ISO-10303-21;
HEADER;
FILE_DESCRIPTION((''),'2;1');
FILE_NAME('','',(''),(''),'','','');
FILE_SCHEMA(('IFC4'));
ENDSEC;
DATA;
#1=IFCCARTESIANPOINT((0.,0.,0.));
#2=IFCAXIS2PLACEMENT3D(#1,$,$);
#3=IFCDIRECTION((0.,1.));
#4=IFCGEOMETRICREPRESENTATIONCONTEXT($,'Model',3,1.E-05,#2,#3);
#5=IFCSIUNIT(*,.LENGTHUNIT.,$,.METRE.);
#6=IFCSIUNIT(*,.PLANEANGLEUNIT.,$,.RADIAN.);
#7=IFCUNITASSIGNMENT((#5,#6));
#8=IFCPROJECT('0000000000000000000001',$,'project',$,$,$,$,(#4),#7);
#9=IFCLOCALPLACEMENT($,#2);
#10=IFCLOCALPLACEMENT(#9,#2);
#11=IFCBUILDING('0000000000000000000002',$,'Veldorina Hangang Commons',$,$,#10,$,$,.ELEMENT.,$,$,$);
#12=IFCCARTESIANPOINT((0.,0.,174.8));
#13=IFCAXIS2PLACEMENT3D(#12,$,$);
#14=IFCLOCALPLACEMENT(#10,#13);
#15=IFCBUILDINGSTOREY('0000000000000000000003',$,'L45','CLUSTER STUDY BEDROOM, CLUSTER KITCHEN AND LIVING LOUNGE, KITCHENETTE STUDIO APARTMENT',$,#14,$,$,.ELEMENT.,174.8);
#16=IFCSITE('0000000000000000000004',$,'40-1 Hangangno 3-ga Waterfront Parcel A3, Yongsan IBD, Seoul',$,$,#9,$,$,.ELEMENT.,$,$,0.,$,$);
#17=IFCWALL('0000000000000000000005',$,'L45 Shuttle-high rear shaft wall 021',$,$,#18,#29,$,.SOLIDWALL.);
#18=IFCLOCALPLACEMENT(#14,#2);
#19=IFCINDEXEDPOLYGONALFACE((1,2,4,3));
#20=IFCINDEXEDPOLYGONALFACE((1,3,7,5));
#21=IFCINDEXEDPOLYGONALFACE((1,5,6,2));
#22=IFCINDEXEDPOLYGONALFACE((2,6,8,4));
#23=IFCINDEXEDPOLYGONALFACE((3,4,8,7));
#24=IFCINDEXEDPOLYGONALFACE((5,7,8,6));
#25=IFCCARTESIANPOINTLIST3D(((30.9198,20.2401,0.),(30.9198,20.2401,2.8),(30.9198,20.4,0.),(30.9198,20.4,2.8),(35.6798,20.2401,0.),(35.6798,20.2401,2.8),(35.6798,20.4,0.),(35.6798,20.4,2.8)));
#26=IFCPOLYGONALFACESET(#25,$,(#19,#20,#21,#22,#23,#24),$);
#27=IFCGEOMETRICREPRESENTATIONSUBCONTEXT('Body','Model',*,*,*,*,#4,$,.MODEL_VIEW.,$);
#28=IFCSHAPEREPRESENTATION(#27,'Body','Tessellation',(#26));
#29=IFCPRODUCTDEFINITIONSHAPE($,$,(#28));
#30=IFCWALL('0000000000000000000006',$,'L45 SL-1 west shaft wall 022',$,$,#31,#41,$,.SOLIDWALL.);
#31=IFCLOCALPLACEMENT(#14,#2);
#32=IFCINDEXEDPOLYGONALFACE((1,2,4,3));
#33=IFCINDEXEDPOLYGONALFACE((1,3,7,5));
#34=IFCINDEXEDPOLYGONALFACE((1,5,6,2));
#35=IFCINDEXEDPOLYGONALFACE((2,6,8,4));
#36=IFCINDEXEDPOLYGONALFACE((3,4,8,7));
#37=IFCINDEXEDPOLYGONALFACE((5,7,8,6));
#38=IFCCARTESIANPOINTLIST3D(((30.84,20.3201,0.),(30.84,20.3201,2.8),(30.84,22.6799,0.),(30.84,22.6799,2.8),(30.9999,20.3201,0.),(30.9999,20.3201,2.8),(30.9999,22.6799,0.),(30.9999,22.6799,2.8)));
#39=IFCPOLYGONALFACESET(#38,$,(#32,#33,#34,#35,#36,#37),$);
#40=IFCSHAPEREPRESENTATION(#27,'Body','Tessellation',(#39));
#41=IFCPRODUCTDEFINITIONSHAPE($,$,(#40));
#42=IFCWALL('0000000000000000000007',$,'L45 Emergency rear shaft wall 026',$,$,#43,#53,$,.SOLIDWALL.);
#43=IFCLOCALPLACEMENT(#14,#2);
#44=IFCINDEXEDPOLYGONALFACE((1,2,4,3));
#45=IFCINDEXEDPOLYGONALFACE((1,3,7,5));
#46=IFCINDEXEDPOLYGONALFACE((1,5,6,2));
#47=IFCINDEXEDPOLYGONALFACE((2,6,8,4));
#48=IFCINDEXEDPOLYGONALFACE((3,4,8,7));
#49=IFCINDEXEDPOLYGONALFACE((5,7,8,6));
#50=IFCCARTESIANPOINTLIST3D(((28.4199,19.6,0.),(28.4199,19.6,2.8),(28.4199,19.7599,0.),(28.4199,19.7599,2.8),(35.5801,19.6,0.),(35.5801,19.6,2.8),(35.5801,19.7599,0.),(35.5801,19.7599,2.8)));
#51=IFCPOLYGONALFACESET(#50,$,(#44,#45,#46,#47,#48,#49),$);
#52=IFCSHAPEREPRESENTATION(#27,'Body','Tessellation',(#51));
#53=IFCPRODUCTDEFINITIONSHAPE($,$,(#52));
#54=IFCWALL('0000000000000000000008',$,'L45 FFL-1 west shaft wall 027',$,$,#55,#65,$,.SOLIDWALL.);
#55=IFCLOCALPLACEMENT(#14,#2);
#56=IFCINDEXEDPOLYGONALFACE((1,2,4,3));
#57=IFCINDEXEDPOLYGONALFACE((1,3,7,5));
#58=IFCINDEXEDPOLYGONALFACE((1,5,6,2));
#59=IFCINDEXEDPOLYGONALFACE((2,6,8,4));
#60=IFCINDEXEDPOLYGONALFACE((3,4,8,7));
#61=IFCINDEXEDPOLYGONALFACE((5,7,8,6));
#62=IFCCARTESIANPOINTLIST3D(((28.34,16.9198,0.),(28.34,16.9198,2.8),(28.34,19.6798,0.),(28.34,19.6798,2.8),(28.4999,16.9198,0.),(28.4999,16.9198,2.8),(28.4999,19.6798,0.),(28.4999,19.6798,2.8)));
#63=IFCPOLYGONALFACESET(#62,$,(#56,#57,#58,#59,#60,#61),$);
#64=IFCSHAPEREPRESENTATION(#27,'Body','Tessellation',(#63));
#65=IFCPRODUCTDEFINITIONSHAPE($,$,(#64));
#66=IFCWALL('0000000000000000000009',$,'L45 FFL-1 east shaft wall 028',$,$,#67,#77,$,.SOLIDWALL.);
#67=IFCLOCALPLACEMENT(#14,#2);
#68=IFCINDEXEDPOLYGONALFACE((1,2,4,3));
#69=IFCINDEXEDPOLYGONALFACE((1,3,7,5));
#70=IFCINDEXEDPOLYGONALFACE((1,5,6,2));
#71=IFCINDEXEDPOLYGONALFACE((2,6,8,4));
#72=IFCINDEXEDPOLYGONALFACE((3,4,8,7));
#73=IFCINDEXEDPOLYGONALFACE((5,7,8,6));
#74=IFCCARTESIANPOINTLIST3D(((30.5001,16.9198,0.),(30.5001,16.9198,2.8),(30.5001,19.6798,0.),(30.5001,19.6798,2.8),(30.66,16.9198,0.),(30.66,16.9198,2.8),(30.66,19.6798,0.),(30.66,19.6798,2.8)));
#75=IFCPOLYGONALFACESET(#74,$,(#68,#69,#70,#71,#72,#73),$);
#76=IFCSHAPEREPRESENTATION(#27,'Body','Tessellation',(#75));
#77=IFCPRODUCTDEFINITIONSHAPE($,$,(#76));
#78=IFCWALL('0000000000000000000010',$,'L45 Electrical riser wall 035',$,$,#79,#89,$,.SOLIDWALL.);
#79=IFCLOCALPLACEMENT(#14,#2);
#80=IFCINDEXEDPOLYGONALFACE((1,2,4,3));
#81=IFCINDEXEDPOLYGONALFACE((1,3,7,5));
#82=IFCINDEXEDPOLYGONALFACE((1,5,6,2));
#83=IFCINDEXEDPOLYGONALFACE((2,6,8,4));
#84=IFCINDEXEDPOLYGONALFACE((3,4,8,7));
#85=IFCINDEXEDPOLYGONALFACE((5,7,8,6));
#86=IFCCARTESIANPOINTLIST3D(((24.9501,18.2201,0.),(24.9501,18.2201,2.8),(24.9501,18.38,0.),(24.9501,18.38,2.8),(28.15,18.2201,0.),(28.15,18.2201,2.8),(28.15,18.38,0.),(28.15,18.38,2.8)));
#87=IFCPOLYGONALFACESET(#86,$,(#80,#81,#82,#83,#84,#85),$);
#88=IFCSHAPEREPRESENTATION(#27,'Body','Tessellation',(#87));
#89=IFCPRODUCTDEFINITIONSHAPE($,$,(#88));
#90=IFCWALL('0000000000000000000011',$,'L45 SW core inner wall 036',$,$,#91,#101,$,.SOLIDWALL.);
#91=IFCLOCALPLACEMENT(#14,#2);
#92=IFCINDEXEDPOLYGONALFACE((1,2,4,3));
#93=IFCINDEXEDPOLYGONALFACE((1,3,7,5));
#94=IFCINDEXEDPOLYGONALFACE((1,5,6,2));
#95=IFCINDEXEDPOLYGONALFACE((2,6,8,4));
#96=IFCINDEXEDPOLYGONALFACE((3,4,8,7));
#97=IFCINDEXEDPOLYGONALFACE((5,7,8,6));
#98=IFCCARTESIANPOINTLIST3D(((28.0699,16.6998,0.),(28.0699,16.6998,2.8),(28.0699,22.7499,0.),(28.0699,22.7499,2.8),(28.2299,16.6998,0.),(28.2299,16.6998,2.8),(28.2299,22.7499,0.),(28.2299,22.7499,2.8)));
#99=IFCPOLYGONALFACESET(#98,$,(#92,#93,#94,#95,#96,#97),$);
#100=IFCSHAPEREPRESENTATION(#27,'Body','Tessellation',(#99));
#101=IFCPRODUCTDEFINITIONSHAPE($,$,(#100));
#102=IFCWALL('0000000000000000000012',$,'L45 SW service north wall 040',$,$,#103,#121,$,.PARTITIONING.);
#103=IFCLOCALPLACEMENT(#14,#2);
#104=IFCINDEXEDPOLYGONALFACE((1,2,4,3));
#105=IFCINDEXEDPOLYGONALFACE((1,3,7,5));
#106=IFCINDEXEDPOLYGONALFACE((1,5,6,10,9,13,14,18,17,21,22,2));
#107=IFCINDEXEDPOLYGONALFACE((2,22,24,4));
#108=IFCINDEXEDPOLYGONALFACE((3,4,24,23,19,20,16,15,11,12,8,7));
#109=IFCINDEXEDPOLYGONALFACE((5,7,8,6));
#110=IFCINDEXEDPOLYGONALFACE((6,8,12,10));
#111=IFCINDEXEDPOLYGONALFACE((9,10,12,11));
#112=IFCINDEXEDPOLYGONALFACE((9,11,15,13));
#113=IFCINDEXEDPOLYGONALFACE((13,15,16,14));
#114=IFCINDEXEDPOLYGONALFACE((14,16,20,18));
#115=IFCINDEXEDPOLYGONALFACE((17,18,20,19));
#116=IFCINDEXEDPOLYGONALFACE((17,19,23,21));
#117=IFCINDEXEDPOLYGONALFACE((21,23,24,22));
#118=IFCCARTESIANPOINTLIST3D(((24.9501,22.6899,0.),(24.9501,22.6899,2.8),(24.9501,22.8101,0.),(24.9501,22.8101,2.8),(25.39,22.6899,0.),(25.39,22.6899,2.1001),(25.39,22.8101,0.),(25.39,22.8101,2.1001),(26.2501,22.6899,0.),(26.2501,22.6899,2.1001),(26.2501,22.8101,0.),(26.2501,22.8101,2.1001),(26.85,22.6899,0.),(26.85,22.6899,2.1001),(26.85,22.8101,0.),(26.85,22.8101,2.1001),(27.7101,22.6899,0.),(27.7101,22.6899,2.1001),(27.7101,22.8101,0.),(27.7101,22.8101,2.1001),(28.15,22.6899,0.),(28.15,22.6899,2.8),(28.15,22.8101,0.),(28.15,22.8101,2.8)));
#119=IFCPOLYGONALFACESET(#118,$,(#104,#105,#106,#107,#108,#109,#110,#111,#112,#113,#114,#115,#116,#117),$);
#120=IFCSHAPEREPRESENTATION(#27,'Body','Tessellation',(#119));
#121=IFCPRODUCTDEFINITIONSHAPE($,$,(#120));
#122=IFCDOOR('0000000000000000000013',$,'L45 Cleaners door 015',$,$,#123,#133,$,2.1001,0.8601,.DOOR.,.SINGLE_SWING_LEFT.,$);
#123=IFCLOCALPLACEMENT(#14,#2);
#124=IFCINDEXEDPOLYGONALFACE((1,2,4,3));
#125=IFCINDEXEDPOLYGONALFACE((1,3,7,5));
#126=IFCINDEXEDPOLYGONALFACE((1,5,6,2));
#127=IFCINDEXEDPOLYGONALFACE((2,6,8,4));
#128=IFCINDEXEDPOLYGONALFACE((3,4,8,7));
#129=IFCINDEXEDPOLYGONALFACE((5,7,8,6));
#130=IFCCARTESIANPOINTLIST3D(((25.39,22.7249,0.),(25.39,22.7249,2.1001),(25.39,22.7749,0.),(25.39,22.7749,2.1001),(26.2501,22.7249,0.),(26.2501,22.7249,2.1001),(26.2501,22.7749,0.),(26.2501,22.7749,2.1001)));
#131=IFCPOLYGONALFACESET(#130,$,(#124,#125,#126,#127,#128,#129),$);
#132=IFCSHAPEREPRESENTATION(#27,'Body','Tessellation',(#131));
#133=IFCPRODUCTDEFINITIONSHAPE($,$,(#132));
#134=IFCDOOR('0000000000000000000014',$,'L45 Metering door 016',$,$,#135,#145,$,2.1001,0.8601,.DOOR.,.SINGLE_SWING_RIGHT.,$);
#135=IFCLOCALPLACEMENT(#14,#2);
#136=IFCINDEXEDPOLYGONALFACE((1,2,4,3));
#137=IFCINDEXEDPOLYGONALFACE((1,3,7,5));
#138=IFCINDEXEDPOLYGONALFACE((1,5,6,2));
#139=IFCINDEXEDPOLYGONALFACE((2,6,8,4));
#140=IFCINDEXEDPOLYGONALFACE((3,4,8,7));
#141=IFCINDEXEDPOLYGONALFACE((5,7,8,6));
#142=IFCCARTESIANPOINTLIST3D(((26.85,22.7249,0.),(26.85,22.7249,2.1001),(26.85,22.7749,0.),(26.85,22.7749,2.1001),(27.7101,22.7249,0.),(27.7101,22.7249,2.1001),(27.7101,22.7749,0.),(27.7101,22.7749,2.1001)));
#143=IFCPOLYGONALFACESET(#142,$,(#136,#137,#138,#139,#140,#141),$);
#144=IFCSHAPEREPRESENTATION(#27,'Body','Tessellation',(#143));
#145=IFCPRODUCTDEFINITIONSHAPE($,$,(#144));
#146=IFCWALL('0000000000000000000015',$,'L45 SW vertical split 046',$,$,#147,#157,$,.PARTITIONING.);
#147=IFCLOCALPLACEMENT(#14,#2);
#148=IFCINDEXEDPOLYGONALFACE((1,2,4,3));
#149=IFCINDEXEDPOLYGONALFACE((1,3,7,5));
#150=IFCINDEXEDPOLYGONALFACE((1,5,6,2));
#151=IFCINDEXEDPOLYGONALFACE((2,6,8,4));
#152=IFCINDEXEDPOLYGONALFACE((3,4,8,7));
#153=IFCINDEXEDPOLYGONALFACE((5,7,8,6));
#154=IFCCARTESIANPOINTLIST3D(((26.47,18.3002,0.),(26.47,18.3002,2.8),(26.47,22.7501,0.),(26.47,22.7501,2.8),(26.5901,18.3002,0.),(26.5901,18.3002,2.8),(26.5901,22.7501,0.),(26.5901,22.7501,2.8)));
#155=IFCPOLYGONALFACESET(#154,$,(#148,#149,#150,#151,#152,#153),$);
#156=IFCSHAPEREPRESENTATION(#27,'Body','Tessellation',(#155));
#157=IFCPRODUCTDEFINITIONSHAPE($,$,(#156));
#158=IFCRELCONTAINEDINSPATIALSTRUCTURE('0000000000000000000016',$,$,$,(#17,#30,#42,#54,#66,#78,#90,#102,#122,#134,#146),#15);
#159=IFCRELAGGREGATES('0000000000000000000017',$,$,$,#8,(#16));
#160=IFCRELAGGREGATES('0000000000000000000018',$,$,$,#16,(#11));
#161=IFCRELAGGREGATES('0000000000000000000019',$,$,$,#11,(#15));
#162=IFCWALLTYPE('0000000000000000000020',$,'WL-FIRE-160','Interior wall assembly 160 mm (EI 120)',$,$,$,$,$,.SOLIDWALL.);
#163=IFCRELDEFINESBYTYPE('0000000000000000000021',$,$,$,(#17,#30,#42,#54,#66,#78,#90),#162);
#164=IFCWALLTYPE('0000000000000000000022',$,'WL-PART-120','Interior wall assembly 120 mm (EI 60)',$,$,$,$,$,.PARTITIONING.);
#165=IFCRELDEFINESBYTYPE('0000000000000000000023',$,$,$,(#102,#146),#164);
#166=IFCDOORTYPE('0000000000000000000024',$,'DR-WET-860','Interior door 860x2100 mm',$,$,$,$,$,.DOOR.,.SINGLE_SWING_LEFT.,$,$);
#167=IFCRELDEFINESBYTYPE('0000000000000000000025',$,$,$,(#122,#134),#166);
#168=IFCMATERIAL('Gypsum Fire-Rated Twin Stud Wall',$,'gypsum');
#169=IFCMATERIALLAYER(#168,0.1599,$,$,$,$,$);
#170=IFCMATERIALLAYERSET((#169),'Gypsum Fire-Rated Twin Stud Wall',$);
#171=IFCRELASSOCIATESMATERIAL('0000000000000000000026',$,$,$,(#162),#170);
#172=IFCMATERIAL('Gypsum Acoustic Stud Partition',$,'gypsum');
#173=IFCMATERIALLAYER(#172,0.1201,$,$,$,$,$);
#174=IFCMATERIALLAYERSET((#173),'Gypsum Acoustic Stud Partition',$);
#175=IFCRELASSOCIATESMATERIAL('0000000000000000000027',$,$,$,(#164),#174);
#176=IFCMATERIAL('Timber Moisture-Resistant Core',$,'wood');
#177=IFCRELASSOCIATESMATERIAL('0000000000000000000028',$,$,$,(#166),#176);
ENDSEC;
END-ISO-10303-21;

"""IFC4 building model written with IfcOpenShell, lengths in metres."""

from ifc_helpers import new_model, si_unit, direction, frame, frame_2d, origin, place, context, subcontext, project, spatial, rectangle, extrude, material, layer, layer_set, type_object, element, fill, save


model = new_model("IFC4")

# Units and contexts
model_context = context("Model", 3, precision=1e-05, world=origin(), true_north=direction((0.0, 1.0)))
body_context = subcontext(model_context, "Body", "Model", "MODEL_VIEW")
ifc_project = project(units=[si_unit("LENGTHUNIT", "METRE"), si_unit("PLANEANGLEUNIT", "RADIAN")], contexts=[model_context])

# Site, building, storey
site_placement = place(None, origin())
site = spatial("IfcSite", under=ifc_project, at=site_placement, Name="40-1 Hangangno 3-ga Waterfront Parcel A3, Yongsan IBD, Seoul", CompositionType="ELEMENT", RefElevation=0.0)
building_placement = place(site_placement, origin())
building = spatial("IfcBuilding", under=site, at=building_placement, Name="Veldorina Hangang Commons", CompositionType="ELEMENT")
storey_placement = place(building_placement, frame((0.0, 0.0, 174.8)))
storey = spatial("IfcBuildingStorey", under=building, at=storey_placement, Name="L45", Description="CLUSTER STUDY BEDROOM, CLUSTER KITCHEN AND LIVING LOUNGE, KITCHENETTE STUDIO APARTMENT", CompositionType="ELEMENT", Elevation=174.8)

# Walls
ifc_material_1 = material(Name="Gypsum Fire-Rated Twin Stud Wall", Category="gypsum")
ifc_layer_1 = layer(ifc_material_1, 0.1599)
ifc_layer_set_1 = layer_set([ifc_layer_1], Name="Gypsum Fire-Rated Twin Stud Wall")
wall_type_1 = type_object("IfcWallType", Name="WL-FIRE-160", Description="Interior wall assembly 160 mm (EI 120)", PredefinedType="SOLIDWALL", material=ifc_layer_set_1)
for number, where, z_axis, x_axis, name in (
    (1, (30.9199, 20.3201, 0.0), (0.0, 0.0, 1.0), (1.0, 0.0, 0.0), "L45 Shuttle-high rear shaft wall 021"),
):
    element("IfcWall", number, at=place(storey_placement, frame(where, z_axis=z_axis, x_axis=x_axis)), inside=storey, type_object=wall_type_1, Name=name, PredefinedType="SOLIDWALL", context=body_context, shape_type="SweptSolid", body=[
        extrude(rectangle(XDim=4.76, YDim=0.1599, at=frame_2d((2.3799, 0.0))), origin(), (0.0, 0.0, 1.0), 2.8),
    ])
wall_1_placement = place(storey_placement, frame((30.9199, 20.3201, 0.0), z_axis=(0.0, 0.0, 1.0), x_axis=(0.0, 1.0, 0.0)))
element("IfcWall", 2, at=wall_1_placement, inside=storey, type_object=wall_type_1, Name="L45 SL-1 west shaft wall 022", PredefinedType="SOLIDWALL", context=body_context, shape_type="SweptSolid", body=[
    extrude(rectangle(XDim=2.3599, YDim=0.1599, at=frame_2d((1.1799, 0.0))), origin(), (0.0, 0.0, 1.0), 2.8),
])

# Walls
wall_2_placement = place(storey_placement, frame((28.4199, 19.6799, 0.0), z_axis=(0.0, 0.0, 1.0), x_axis=(1.0, 0.0, 0.0)))
element("IfcWall", 3, at=wall_2_placement, inside=storey, type_object=wall_type_1, Name="L45 Emergency rear shaft wall 026", PredefinedType="SOLIDWALL", context=body_context, shape_type="SweptSolid", body=[
    extrude(rectangle(XDim=7.1602, YDim=0.1599, at=frame_2d((3.5801, 0.0))), origin(), (0.0, 0.0, 1.0), 2.8),
])
for number, where, z_axis, x_axis, name in (
    (4, (28.4199, 16.9199, 0.0), (0.0, 0.0, 1.0), (0.0, 1.0, 0.0), "L45 FFL-1 west shaft wall 027"),
    (5, (30.5801, 16.9199, 0.0), (0.0, 0.0, 1.0), (0.0, 1.0, 0.0), "L45 FFL-1 east shaft wall 028"),
):
    element("IfcWall", number, at=place(storey_placement, frame(where, z_axis=z_axis, x_axis=x_axis)), inside=storey, type_object=wall_type_1, Name=name, PredefinedType="SOLIDWALL", context=body_context, shape_type="SweptSolid", body=[
        extrude(rectangle(XDim=2.76, YDim=0.1599, at=frame_2d((1.3799, 0.0))), origin(), (0.0, 0.0, 1.0), 2.8),
    ])
wall_3_placement = place(storey_placement, frame((24.95, 18.3, 0.0), z_axis=(0.0, 0.0, 1.0), x_axis=(1.0, 0.0, 0.0)))
element("IfcWall", 6, at=wall_3_placement, inside=storey, type_object=wall_type_1, Name="L45 Electrical riser wall 035", PredefinedType="SOLIDWALL", context=body_context, shape_type="SweptSolid", body=[
    extrude(rectangle(XDim=3.2, YDim=0.1599, at=frame_2d((1.6001, 0.0))), origin(), (0.0, 0.0, 1.0), 2.8),
])
wall_4_placement = place(storey_placement, frame((28.1499, 16.7, 0.0), z_axis=(0.0, 0.0, 1.0), x_axis=(0.0, 1.0, 0.0)))
element("IfcWall", 7, at=wall_4_placement, inside=storey, type_object=wall_type_1, Name="L45 SW core inner wall 036", PredefinedType="SOLIDWALL", context=body_context, shape_type="SweptSolid", body=[
    extrude(rectangle(XDim=6.05, YDim=0.1599, at=frame_2d((3.0249, 0.0))), origin(), (0.0, 0.0, 1.0), 2.8),
])

# Wall, openings, doors
ifc_material_2 = material(Name="Gypsum Acoustic Stud Partition", Category="gypsum")
ifc_layer_2 = layer(ifc_material_2, 0.1201)
ifc_layer_set_2 = layer_set([ifc_layer_2], Name="Gypsum Acoustic Stud Partition")
wall_type_2 = type_object("IfcWallType", Name="WL-PART-120", Description="Interior wall assembly 120 mm (EI 60)", PredefinedType="PARTITIONING", material=ifc_layer_set_2)
wall_5_placement = place(storey_placement, frame((24.95, 22.75, 0.0), z_axis=(0.0, 0.0, 1.0), x_axis=(1.0, 0.0, 0.0)))
wall_5 = element("IfcWall", 8, at=wall_5_placement, inside=storey, type_object=wall_type_2, Name="L45 SW service north wall 040", PredefinedType="PARTITIONING", context=body_context, shape_type="SweptSolid", body=[
    extrude(rectangle(XDim=3.2, YDim=0.1201, at=frame_2d((1.6001, 0.0))), origin(), (0.0, 0.0, 1.0), 2.8),
])
opening_1_placement = place(wall_5_placement, frame((0.4399, 0.0, 0.0)))
opening_1 = element("IfcOpeningElement", 9, at=opening_1_placement, cuts=wall_5, PredefinedType="OPENING", context=body_context, shape_type="SweptSolid", body=[
    extrude(rectangle(XDim=0.8601, YDim=2.1001, at=frame_2d((0.4302, 1.05))), frame((0.0, 0.0701, 0.0), z_axis=(0.0, -1.0, 0.0), x_axis=(1.0, 0.0, 0.0)), (0.0, 0.0, 1.0), 0.1401),
])
opening_2_placement = place(wall_5_placement, frame((1.8999, 0.0, 0.0)))
opening_2 = element("IfcOpeningElement", 10, at=opening_2_placement, cuts=wall_5, PredefinedType="OPENING", context=body_context, shape_type="SweptSolid", body=[
    extrude(rectangle(XDim=0.8601, YDim=2.1001, at=frame_2d((0.4302, 1.05))), frame((0.0, 0.0701, 0.0), z_axis=(0.0, -1.0, 0.0), x_axis=(1.0, 0.0, 0.0)), (0.0, 0.0, 1.0), 0.1401),
])
ifc_material_3 = material(Name="Timber Moisture-Resistant Core", Category="wood")
door_type_1 = type_object("IfcDoorType", Name="DR-WET-860", Description="Interior door 860x2100 mm", OperationType="SINGLE_SWING_LEFT", PredefinedType="DOOR", material=ifc_material_3)
door_1_placement = place(opening_1_placement, origin())
door_1 = element("IfcDoor", 11, at=door_1_placement, inside=storey, type_object=door_type_1, Name="L45 Cleaners door 015", OperationType="SINGLE_SWING_LEFT", OverallHeight=2.1001, OverallWidth=0.8601, PredefinedType="DOOR", context=body_context, shape_type="SweptSolid", body=[
    extrude(rectangle(XDim=0.8601, YDim=2.1001, at=frame_2d((0.4302, 1.05))), frame((0.0, 0.0249, 0.0), z_axis=(0.0, -1.0, 0.0), x_axis=(1.0, 0.0, 0.0)), (0.0, 0.0, 1.0), 0.05),
])
fill(opening_1, door_1)
door_2_placement = place(opening_2_placement, origin())
door_2 = element("IfcDoor", 12, at=door_2_placement, inside=storey, type_object=door_type_1, Name="L45 Metering door 016", OperationType="SINGLE_SWING_RIGHT", OverallHeight=2.1001, OverallWidth=0.8601, PredefinedType="DOOR", context=body_context, shape_type="SweptSolid", body=[
    extrude(rectangle(XDim=0.8601, YDim=2.1001, at=frame_2d((0.4302, 1.05))), frame((0.0, 0.0249, 0.0), z_axis=(0.0, -1.0, 0.0), x_axis=(1.0, 0.0, 0.0)), (0.0, 0.0, 1.0), 0.05),
])
fill(opening_2, door_2)

# Wall
wall_6_placement = place(storey_placement, frame((26.53, 18.3, 0.0), z_axis=(0.0, 0.0, 1.0), x_axis=(0.0, 1.0, 0.0)))
element("IfcWall", 13, at=wall_6_placement, inside=storey, type_object=wall_type_2, Name="L45 SW vertical split 046", PredefinedType="PARTITIONING", context=body_context, shape_type="SweptSolid", body=[
    extrude(rectangle(XDim=4.45, YDim=0.1201, at=frame_2d((2.2251, 0.0))), origin(), (0.0, 0.0, 1.0), 2.8),
])

save(model, "model.ifc")
